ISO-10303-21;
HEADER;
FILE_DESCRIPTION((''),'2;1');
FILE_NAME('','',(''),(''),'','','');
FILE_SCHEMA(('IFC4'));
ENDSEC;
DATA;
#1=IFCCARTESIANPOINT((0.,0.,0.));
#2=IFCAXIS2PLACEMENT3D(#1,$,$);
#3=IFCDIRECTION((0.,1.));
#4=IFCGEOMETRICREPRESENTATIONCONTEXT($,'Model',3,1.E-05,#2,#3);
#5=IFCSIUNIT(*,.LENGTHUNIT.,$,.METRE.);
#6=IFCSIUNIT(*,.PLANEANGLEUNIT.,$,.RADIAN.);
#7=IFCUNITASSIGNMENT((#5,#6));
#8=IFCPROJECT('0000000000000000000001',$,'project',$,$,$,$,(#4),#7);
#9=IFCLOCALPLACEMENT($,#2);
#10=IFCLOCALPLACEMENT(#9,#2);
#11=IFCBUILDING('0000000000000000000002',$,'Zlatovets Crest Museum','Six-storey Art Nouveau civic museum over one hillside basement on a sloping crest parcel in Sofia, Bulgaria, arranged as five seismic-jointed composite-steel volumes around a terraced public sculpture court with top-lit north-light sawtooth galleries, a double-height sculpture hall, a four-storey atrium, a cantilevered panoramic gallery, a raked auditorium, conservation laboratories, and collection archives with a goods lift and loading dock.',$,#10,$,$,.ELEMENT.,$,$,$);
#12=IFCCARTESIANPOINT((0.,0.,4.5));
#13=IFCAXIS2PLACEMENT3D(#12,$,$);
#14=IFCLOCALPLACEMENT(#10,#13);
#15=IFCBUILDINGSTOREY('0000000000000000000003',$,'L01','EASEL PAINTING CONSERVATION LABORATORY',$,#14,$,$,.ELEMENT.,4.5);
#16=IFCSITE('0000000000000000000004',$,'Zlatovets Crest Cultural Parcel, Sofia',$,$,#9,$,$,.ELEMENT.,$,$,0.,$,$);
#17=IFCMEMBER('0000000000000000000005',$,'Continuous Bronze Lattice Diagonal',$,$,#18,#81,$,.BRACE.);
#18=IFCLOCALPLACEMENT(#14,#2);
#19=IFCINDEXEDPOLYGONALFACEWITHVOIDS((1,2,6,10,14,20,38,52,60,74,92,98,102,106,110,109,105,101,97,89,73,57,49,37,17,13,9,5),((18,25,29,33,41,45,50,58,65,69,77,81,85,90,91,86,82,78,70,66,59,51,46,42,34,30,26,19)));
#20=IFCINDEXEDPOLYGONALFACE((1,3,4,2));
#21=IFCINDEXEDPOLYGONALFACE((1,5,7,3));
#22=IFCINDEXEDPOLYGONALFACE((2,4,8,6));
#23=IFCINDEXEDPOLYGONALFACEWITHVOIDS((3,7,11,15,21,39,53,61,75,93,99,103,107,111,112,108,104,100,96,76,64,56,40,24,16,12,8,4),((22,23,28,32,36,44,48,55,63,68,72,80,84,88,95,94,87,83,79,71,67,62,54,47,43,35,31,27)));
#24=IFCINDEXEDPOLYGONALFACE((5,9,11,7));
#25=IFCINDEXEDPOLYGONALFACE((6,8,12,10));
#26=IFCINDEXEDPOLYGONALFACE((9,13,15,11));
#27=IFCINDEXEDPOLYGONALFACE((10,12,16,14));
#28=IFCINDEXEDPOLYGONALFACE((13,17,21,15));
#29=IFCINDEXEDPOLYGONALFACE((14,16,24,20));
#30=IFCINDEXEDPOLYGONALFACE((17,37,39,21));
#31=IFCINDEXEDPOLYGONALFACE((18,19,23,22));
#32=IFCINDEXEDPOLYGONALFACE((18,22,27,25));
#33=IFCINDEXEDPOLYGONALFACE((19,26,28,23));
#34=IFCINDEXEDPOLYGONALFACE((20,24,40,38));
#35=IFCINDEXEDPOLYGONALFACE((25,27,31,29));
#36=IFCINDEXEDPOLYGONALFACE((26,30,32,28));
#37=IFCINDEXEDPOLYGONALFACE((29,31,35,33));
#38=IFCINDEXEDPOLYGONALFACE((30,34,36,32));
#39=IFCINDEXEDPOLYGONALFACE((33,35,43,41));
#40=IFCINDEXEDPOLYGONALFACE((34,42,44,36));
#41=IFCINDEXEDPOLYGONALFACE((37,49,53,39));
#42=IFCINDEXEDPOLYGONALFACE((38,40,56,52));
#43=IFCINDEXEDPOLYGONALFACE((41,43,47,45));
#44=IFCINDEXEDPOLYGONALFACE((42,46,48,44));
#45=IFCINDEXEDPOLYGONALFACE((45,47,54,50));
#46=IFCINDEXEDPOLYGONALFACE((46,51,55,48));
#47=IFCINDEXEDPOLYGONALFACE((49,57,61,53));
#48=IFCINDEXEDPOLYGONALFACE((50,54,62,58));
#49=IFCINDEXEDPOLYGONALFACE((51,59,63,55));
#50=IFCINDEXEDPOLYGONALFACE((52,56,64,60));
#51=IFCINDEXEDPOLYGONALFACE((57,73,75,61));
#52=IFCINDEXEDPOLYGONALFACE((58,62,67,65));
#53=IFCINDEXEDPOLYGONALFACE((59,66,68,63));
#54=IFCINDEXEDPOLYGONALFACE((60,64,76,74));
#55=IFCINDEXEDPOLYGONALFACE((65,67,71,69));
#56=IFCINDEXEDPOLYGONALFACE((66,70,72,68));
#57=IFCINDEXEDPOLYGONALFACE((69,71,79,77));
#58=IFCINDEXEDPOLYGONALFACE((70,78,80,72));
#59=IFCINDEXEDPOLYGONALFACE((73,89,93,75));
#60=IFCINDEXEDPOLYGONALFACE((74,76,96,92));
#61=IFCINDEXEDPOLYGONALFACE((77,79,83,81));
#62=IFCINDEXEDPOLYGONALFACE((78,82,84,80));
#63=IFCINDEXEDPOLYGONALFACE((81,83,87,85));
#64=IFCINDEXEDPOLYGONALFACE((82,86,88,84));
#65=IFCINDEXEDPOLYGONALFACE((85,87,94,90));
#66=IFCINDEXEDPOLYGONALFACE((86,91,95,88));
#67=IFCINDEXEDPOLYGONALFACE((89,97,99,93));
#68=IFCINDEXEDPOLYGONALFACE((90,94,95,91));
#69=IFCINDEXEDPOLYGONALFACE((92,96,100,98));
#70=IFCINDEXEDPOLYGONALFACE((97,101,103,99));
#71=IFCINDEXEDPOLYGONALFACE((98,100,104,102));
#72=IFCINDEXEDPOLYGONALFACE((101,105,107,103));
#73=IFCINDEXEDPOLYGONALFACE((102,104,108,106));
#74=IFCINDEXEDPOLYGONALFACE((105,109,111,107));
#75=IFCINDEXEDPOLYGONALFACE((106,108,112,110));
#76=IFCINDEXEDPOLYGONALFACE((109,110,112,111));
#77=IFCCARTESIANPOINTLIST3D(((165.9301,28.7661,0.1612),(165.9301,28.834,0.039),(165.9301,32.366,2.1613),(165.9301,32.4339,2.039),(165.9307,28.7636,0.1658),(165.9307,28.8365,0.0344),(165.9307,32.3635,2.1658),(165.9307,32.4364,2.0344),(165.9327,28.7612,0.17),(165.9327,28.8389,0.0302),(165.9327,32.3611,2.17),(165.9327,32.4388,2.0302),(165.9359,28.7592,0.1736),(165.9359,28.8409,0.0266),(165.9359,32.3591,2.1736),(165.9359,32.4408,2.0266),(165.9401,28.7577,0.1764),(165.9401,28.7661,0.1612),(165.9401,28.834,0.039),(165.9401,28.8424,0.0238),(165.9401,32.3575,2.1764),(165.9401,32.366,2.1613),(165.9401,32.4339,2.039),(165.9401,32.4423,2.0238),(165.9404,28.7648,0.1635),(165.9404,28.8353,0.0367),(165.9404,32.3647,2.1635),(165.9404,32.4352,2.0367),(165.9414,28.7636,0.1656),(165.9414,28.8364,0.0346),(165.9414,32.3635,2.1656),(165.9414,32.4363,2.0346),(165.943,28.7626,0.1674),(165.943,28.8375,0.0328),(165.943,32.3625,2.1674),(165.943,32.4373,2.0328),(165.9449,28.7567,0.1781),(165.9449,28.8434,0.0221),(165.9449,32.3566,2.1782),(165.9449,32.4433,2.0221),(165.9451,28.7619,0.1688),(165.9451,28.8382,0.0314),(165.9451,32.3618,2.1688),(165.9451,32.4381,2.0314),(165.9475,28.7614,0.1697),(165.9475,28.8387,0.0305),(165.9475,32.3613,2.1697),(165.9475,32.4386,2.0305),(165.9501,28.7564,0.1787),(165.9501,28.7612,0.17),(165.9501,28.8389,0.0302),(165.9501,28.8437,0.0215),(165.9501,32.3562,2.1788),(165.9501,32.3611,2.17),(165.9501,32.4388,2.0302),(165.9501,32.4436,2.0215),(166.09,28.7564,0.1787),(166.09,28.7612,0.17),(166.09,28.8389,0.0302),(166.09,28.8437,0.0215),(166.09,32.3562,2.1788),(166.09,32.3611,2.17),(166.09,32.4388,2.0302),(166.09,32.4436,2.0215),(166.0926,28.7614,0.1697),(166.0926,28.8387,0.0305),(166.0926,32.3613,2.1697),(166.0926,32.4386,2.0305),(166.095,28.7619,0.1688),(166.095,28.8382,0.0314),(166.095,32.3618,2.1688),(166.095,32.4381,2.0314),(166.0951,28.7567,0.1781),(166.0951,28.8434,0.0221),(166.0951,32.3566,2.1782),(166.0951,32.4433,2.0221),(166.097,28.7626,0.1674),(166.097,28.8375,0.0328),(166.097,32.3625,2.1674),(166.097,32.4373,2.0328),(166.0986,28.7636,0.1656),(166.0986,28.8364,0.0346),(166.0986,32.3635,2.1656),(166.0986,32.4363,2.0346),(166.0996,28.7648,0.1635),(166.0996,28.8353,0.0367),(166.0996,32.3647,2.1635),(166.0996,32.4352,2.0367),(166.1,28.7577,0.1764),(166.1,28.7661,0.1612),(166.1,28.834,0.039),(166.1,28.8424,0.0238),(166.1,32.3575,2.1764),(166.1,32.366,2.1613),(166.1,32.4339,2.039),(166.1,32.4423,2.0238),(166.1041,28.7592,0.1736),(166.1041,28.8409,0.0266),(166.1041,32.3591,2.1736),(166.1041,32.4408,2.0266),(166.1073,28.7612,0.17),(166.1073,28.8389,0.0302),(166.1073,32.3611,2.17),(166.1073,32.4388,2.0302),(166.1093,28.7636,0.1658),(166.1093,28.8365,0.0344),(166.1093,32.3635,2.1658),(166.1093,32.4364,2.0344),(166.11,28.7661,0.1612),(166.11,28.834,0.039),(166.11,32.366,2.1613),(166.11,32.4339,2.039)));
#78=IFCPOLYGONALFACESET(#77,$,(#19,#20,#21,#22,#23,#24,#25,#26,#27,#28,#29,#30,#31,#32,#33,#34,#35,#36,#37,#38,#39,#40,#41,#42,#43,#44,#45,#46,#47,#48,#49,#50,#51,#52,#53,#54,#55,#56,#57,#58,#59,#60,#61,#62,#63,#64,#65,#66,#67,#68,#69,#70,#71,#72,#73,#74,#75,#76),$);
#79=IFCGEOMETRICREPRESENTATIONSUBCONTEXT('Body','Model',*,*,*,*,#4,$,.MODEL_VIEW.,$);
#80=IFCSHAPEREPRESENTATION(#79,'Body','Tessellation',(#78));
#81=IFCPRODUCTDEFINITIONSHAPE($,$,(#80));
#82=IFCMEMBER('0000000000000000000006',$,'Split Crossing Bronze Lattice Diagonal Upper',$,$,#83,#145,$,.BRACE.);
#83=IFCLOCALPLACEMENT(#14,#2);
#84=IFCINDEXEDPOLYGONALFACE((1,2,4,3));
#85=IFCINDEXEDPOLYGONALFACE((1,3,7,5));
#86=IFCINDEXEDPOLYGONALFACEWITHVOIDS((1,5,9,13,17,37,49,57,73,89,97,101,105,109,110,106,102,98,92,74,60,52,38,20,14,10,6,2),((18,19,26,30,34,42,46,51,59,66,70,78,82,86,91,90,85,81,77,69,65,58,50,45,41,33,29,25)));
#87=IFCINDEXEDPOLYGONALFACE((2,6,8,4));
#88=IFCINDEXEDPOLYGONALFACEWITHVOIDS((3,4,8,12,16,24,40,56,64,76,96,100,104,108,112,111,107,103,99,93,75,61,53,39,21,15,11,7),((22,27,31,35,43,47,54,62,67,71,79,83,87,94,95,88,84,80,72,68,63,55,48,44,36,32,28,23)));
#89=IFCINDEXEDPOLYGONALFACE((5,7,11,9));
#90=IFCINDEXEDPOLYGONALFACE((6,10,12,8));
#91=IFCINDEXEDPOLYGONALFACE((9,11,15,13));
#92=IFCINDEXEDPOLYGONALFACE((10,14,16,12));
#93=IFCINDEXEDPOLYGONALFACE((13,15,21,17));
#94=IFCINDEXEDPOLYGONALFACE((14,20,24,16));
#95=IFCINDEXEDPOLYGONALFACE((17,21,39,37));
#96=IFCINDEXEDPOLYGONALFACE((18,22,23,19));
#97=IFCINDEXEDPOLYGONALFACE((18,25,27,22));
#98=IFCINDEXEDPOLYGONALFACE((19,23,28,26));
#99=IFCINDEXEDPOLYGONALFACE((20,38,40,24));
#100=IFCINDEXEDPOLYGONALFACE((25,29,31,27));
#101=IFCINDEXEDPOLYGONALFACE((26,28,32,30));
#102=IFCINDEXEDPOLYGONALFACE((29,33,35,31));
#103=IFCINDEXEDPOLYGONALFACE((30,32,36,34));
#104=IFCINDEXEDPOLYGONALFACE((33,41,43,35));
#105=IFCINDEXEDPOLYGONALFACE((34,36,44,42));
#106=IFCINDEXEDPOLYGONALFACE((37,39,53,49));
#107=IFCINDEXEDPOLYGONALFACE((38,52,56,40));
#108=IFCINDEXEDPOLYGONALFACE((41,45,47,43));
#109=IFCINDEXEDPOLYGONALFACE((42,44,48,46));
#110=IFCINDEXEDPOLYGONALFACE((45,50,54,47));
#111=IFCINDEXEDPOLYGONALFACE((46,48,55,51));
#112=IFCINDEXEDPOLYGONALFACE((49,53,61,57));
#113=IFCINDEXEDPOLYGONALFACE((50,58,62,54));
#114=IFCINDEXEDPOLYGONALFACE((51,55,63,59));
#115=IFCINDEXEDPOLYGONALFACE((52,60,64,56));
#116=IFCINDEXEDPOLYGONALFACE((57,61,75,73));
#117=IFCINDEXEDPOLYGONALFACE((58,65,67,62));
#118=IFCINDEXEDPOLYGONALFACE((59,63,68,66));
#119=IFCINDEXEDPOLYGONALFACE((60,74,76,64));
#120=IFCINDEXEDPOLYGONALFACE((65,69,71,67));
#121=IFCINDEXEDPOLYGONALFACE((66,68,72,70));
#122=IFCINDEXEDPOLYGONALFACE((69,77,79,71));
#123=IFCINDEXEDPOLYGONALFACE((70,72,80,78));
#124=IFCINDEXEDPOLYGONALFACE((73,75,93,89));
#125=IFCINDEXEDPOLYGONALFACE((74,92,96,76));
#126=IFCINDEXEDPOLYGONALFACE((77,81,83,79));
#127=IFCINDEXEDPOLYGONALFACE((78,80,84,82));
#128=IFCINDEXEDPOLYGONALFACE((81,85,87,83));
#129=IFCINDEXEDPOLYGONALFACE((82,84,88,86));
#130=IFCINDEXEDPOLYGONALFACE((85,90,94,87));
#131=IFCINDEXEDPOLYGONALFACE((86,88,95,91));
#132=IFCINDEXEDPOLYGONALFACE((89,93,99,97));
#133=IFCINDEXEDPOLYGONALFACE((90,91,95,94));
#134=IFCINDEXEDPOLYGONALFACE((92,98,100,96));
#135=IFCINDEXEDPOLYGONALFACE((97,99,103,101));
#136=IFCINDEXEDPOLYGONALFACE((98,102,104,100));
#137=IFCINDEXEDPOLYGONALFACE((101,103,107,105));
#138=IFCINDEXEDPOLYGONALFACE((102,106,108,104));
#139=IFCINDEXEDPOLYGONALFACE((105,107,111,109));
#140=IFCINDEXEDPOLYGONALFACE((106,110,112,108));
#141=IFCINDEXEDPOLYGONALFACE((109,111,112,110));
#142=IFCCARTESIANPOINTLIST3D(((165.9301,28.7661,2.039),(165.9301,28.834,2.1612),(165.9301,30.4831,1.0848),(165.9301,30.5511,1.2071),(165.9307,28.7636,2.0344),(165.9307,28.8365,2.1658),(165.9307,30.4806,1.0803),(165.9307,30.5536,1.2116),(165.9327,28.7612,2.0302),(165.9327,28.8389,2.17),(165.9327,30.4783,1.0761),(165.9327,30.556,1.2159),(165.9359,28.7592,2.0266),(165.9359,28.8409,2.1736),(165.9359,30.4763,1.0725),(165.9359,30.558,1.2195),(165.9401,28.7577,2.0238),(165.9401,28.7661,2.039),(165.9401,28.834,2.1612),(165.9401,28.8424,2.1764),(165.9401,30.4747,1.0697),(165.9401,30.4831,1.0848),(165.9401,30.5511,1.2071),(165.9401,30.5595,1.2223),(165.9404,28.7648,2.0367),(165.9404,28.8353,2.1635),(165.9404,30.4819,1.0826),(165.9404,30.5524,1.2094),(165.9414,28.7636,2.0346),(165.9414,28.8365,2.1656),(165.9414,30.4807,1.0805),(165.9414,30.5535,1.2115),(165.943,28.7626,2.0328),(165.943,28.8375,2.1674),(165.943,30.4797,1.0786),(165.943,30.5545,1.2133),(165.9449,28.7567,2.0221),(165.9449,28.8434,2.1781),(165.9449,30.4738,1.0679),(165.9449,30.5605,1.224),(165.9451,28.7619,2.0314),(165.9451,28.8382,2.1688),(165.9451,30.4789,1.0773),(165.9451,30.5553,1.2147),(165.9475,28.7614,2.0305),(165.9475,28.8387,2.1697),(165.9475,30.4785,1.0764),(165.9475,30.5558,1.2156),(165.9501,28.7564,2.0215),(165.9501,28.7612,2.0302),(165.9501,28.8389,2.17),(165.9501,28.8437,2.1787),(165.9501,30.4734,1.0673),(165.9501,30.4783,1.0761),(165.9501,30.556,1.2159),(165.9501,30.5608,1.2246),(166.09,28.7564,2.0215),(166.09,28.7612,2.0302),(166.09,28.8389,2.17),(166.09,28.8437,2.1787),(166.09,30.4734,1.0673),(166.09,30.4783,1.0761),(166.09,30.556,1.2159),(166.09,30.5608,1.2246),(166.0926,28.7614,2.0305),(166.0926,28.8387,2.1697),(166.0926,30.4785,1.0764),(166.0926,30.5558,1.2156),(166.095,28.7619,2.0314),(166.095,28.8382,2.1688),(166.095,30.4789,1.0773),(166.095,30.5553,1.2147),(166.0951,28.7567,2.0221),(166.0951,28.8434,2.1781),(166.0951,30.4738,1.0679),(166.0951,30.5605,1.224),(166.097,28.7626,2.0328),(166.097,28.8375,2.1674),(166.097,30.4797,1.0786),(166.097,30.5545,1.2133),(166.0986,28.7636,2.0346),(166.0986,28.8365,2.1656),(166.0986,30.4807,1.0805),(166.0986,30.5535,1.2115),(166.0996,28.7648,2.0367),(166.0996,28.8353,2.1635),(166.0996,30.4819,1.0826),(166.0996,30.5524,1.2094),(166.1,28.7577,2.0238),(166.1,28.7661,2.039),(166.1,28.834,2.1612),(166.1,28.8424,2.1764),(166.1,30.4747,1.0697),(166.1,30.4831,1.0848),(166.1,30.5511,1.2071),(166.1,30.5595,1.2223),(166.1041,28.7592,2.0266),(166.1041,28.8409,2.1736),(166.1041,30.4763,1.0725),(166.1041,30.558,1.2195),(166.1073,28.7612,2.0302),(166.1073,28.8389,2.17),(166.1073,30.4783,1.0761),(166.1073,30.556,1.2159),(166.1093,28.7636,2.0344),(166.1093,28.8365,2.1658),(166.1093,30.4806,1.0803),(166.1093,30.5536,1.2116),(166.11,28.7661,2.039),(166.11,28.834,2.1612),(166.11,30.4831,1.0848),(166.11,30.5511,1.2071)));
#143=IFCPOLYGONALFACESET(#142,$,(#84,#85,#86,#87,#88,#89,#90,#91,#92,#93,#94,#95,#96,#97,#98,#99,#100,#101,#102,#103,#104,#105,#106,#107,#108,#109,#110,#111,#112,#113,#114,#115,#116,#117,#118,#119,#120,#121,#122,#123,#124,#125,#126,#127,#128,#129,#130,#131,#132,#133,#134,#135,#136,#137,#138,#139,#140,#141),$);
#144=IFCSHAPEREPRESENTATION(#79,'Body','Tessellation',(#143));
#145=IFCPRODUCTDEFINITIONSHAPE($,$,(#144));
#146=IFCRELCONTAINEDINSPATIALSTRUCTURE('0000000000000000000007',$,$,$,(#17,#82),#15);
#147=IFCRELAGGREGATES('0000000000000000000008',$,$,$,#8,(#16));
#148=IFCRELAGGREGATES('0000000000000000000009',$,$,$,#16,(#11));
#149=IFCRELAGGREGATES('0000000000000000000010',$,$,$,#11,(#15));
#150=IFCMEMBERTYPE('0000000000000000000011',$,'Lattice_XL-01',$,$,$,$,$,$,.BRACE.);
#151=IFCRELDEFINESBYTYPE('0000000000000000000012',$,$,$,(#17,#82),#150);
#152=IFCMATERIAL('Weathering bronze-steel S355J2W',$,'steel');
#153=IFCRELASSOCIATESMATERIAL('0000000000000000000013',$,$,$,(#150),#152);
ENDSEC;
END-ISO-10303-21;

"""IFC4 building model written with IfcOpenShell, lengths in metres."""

from ifc_helpers import new_model, si_unit, direction, frame, origin, origin_2d, place, context, subcontext, project, spatial, hollow_rectangle, extrude, material, material_profile, profile_set, type_object, element, save


model = new_model("IFC4")

# Units and contexts
model_context = context("Model", 3, precision=1e-05, world=origin(), true_north=direction((0.0, 1.0)))
body_context = subcontext(model_context, "Body", "Model", "MODEL_VIEW")
ifc_project = project(units=[si_unit("LENGTHUNIT", "METRE"), si_unit("PLANEANGLEUNIT", "RADIAN")], contexts=[model_context])

# Site, building, storey
site_placement = place(None, origin())
site = spatial("IfcSite", under=ifc_project, at=site_placement, Name="Zlatovets Crest Cultural Parcel, Sofia", CompositionType="ELEMENT", RefElevation=0.0)
building_placement = place(site_placement, origin())
building = spatial("IfcBuilding", under=site, at=building_placement, Name="Zlatovets Crest Museum", Description="Six-storey Art Nouveau civic museum over one hillside basement on a sloping crest parcel in Sofia, Bulgaria, arranged as five seismic-jointed composite-steel volumes around a terraced public sculpture court with top-lit north-light sawtooth galleries, a double-height sculpture hall, a four-storey atrium, a cantilevered panoramic gallery, a raked auditorium, conservation laboratories, and collection archives with a goods lift and loading dock.", CompositionType="ELEMENT")
storey_placement = place(building_placement, frame((0.0, 0.0, 4.5)))
storey = spatial("IfcBuildingStorey", under=building, at=storey_placement, Name="L01", Description="EASEL PAINTING CONSERVATION LABORATORY", CompositionType="ELEMENT", Elevation=4.5)

# Members
ifc_material_1 = material(Name="Weathering bronze-steel S355J2W", Category="steel")
ifc_material_profile_1 = material_profile(ifc_material_1, hollow_rectangle(XDim=0.1799, YDim=0.1799, WallThickness=0.01, InnerFilletRadius=0.01, OuterFilletRadius=0.02, at=origin_2d()), Name="SHS 180x180x10.0")
ifc_profile_set_1 = profile_set([ifc_material_profile_1], Name="Weathering bronze-steel S355J2W")
member_type_1 = type_object("IfcMemberType", Name="Lattice_XL-01", PredefinedType="BRACE", material=ifc_profile_set_1)
member_1_placement = place(storey_placement, frame((166.02, 28.8, 0.1001), z_axis=(0.0, 0.874149, 0.485658), x_axis=(-1.0, 0.0, 0.0)))
element("IfcMember", 1, at=member_1_placement, inside=storey, type_object=member_type_1, Name="Continuous Bronze Lattice Diagonal", PredefinedType="BRACE", context=body_context, shape_type="SweptSolid", body=[
    extrude(hollow_rectangle(XDim=0.1799, YDim=0.1799, WallThickness=0.01, InnerFilletRadius=0.01, OuterFilletRadius=0.02, at=origin_2d()), origin(), (0.0, 0.0, 1.0), 4.1182),
])
member_2_placement = place(storey_placement, frame((166.02, 28.8, 2.1001), z_axis=(0.0, 0.874116, -0.485717), x_axis=(-1.0, 0.0, 0.0)))
element("IfcMember", 2, at=member_2_placement, inside=storey, type_object=member_type_1, Name="Split Crossing Bronze Lattice Diagonal Upper", PredefinedType="BRACE", context=body_context, shape_type="SweptSolid", body=[
    extrude(hollow_rectangle(XDim=0.1799, YDim=0.1799, WallThickness=0.01, InnerFilletRadius=0.01, OuterFilletRadius=0.02, at=origin_2d()), origin(), (0.0, 0.0, 1.0), 1.9644),
])

save(model, "model.ifc")
